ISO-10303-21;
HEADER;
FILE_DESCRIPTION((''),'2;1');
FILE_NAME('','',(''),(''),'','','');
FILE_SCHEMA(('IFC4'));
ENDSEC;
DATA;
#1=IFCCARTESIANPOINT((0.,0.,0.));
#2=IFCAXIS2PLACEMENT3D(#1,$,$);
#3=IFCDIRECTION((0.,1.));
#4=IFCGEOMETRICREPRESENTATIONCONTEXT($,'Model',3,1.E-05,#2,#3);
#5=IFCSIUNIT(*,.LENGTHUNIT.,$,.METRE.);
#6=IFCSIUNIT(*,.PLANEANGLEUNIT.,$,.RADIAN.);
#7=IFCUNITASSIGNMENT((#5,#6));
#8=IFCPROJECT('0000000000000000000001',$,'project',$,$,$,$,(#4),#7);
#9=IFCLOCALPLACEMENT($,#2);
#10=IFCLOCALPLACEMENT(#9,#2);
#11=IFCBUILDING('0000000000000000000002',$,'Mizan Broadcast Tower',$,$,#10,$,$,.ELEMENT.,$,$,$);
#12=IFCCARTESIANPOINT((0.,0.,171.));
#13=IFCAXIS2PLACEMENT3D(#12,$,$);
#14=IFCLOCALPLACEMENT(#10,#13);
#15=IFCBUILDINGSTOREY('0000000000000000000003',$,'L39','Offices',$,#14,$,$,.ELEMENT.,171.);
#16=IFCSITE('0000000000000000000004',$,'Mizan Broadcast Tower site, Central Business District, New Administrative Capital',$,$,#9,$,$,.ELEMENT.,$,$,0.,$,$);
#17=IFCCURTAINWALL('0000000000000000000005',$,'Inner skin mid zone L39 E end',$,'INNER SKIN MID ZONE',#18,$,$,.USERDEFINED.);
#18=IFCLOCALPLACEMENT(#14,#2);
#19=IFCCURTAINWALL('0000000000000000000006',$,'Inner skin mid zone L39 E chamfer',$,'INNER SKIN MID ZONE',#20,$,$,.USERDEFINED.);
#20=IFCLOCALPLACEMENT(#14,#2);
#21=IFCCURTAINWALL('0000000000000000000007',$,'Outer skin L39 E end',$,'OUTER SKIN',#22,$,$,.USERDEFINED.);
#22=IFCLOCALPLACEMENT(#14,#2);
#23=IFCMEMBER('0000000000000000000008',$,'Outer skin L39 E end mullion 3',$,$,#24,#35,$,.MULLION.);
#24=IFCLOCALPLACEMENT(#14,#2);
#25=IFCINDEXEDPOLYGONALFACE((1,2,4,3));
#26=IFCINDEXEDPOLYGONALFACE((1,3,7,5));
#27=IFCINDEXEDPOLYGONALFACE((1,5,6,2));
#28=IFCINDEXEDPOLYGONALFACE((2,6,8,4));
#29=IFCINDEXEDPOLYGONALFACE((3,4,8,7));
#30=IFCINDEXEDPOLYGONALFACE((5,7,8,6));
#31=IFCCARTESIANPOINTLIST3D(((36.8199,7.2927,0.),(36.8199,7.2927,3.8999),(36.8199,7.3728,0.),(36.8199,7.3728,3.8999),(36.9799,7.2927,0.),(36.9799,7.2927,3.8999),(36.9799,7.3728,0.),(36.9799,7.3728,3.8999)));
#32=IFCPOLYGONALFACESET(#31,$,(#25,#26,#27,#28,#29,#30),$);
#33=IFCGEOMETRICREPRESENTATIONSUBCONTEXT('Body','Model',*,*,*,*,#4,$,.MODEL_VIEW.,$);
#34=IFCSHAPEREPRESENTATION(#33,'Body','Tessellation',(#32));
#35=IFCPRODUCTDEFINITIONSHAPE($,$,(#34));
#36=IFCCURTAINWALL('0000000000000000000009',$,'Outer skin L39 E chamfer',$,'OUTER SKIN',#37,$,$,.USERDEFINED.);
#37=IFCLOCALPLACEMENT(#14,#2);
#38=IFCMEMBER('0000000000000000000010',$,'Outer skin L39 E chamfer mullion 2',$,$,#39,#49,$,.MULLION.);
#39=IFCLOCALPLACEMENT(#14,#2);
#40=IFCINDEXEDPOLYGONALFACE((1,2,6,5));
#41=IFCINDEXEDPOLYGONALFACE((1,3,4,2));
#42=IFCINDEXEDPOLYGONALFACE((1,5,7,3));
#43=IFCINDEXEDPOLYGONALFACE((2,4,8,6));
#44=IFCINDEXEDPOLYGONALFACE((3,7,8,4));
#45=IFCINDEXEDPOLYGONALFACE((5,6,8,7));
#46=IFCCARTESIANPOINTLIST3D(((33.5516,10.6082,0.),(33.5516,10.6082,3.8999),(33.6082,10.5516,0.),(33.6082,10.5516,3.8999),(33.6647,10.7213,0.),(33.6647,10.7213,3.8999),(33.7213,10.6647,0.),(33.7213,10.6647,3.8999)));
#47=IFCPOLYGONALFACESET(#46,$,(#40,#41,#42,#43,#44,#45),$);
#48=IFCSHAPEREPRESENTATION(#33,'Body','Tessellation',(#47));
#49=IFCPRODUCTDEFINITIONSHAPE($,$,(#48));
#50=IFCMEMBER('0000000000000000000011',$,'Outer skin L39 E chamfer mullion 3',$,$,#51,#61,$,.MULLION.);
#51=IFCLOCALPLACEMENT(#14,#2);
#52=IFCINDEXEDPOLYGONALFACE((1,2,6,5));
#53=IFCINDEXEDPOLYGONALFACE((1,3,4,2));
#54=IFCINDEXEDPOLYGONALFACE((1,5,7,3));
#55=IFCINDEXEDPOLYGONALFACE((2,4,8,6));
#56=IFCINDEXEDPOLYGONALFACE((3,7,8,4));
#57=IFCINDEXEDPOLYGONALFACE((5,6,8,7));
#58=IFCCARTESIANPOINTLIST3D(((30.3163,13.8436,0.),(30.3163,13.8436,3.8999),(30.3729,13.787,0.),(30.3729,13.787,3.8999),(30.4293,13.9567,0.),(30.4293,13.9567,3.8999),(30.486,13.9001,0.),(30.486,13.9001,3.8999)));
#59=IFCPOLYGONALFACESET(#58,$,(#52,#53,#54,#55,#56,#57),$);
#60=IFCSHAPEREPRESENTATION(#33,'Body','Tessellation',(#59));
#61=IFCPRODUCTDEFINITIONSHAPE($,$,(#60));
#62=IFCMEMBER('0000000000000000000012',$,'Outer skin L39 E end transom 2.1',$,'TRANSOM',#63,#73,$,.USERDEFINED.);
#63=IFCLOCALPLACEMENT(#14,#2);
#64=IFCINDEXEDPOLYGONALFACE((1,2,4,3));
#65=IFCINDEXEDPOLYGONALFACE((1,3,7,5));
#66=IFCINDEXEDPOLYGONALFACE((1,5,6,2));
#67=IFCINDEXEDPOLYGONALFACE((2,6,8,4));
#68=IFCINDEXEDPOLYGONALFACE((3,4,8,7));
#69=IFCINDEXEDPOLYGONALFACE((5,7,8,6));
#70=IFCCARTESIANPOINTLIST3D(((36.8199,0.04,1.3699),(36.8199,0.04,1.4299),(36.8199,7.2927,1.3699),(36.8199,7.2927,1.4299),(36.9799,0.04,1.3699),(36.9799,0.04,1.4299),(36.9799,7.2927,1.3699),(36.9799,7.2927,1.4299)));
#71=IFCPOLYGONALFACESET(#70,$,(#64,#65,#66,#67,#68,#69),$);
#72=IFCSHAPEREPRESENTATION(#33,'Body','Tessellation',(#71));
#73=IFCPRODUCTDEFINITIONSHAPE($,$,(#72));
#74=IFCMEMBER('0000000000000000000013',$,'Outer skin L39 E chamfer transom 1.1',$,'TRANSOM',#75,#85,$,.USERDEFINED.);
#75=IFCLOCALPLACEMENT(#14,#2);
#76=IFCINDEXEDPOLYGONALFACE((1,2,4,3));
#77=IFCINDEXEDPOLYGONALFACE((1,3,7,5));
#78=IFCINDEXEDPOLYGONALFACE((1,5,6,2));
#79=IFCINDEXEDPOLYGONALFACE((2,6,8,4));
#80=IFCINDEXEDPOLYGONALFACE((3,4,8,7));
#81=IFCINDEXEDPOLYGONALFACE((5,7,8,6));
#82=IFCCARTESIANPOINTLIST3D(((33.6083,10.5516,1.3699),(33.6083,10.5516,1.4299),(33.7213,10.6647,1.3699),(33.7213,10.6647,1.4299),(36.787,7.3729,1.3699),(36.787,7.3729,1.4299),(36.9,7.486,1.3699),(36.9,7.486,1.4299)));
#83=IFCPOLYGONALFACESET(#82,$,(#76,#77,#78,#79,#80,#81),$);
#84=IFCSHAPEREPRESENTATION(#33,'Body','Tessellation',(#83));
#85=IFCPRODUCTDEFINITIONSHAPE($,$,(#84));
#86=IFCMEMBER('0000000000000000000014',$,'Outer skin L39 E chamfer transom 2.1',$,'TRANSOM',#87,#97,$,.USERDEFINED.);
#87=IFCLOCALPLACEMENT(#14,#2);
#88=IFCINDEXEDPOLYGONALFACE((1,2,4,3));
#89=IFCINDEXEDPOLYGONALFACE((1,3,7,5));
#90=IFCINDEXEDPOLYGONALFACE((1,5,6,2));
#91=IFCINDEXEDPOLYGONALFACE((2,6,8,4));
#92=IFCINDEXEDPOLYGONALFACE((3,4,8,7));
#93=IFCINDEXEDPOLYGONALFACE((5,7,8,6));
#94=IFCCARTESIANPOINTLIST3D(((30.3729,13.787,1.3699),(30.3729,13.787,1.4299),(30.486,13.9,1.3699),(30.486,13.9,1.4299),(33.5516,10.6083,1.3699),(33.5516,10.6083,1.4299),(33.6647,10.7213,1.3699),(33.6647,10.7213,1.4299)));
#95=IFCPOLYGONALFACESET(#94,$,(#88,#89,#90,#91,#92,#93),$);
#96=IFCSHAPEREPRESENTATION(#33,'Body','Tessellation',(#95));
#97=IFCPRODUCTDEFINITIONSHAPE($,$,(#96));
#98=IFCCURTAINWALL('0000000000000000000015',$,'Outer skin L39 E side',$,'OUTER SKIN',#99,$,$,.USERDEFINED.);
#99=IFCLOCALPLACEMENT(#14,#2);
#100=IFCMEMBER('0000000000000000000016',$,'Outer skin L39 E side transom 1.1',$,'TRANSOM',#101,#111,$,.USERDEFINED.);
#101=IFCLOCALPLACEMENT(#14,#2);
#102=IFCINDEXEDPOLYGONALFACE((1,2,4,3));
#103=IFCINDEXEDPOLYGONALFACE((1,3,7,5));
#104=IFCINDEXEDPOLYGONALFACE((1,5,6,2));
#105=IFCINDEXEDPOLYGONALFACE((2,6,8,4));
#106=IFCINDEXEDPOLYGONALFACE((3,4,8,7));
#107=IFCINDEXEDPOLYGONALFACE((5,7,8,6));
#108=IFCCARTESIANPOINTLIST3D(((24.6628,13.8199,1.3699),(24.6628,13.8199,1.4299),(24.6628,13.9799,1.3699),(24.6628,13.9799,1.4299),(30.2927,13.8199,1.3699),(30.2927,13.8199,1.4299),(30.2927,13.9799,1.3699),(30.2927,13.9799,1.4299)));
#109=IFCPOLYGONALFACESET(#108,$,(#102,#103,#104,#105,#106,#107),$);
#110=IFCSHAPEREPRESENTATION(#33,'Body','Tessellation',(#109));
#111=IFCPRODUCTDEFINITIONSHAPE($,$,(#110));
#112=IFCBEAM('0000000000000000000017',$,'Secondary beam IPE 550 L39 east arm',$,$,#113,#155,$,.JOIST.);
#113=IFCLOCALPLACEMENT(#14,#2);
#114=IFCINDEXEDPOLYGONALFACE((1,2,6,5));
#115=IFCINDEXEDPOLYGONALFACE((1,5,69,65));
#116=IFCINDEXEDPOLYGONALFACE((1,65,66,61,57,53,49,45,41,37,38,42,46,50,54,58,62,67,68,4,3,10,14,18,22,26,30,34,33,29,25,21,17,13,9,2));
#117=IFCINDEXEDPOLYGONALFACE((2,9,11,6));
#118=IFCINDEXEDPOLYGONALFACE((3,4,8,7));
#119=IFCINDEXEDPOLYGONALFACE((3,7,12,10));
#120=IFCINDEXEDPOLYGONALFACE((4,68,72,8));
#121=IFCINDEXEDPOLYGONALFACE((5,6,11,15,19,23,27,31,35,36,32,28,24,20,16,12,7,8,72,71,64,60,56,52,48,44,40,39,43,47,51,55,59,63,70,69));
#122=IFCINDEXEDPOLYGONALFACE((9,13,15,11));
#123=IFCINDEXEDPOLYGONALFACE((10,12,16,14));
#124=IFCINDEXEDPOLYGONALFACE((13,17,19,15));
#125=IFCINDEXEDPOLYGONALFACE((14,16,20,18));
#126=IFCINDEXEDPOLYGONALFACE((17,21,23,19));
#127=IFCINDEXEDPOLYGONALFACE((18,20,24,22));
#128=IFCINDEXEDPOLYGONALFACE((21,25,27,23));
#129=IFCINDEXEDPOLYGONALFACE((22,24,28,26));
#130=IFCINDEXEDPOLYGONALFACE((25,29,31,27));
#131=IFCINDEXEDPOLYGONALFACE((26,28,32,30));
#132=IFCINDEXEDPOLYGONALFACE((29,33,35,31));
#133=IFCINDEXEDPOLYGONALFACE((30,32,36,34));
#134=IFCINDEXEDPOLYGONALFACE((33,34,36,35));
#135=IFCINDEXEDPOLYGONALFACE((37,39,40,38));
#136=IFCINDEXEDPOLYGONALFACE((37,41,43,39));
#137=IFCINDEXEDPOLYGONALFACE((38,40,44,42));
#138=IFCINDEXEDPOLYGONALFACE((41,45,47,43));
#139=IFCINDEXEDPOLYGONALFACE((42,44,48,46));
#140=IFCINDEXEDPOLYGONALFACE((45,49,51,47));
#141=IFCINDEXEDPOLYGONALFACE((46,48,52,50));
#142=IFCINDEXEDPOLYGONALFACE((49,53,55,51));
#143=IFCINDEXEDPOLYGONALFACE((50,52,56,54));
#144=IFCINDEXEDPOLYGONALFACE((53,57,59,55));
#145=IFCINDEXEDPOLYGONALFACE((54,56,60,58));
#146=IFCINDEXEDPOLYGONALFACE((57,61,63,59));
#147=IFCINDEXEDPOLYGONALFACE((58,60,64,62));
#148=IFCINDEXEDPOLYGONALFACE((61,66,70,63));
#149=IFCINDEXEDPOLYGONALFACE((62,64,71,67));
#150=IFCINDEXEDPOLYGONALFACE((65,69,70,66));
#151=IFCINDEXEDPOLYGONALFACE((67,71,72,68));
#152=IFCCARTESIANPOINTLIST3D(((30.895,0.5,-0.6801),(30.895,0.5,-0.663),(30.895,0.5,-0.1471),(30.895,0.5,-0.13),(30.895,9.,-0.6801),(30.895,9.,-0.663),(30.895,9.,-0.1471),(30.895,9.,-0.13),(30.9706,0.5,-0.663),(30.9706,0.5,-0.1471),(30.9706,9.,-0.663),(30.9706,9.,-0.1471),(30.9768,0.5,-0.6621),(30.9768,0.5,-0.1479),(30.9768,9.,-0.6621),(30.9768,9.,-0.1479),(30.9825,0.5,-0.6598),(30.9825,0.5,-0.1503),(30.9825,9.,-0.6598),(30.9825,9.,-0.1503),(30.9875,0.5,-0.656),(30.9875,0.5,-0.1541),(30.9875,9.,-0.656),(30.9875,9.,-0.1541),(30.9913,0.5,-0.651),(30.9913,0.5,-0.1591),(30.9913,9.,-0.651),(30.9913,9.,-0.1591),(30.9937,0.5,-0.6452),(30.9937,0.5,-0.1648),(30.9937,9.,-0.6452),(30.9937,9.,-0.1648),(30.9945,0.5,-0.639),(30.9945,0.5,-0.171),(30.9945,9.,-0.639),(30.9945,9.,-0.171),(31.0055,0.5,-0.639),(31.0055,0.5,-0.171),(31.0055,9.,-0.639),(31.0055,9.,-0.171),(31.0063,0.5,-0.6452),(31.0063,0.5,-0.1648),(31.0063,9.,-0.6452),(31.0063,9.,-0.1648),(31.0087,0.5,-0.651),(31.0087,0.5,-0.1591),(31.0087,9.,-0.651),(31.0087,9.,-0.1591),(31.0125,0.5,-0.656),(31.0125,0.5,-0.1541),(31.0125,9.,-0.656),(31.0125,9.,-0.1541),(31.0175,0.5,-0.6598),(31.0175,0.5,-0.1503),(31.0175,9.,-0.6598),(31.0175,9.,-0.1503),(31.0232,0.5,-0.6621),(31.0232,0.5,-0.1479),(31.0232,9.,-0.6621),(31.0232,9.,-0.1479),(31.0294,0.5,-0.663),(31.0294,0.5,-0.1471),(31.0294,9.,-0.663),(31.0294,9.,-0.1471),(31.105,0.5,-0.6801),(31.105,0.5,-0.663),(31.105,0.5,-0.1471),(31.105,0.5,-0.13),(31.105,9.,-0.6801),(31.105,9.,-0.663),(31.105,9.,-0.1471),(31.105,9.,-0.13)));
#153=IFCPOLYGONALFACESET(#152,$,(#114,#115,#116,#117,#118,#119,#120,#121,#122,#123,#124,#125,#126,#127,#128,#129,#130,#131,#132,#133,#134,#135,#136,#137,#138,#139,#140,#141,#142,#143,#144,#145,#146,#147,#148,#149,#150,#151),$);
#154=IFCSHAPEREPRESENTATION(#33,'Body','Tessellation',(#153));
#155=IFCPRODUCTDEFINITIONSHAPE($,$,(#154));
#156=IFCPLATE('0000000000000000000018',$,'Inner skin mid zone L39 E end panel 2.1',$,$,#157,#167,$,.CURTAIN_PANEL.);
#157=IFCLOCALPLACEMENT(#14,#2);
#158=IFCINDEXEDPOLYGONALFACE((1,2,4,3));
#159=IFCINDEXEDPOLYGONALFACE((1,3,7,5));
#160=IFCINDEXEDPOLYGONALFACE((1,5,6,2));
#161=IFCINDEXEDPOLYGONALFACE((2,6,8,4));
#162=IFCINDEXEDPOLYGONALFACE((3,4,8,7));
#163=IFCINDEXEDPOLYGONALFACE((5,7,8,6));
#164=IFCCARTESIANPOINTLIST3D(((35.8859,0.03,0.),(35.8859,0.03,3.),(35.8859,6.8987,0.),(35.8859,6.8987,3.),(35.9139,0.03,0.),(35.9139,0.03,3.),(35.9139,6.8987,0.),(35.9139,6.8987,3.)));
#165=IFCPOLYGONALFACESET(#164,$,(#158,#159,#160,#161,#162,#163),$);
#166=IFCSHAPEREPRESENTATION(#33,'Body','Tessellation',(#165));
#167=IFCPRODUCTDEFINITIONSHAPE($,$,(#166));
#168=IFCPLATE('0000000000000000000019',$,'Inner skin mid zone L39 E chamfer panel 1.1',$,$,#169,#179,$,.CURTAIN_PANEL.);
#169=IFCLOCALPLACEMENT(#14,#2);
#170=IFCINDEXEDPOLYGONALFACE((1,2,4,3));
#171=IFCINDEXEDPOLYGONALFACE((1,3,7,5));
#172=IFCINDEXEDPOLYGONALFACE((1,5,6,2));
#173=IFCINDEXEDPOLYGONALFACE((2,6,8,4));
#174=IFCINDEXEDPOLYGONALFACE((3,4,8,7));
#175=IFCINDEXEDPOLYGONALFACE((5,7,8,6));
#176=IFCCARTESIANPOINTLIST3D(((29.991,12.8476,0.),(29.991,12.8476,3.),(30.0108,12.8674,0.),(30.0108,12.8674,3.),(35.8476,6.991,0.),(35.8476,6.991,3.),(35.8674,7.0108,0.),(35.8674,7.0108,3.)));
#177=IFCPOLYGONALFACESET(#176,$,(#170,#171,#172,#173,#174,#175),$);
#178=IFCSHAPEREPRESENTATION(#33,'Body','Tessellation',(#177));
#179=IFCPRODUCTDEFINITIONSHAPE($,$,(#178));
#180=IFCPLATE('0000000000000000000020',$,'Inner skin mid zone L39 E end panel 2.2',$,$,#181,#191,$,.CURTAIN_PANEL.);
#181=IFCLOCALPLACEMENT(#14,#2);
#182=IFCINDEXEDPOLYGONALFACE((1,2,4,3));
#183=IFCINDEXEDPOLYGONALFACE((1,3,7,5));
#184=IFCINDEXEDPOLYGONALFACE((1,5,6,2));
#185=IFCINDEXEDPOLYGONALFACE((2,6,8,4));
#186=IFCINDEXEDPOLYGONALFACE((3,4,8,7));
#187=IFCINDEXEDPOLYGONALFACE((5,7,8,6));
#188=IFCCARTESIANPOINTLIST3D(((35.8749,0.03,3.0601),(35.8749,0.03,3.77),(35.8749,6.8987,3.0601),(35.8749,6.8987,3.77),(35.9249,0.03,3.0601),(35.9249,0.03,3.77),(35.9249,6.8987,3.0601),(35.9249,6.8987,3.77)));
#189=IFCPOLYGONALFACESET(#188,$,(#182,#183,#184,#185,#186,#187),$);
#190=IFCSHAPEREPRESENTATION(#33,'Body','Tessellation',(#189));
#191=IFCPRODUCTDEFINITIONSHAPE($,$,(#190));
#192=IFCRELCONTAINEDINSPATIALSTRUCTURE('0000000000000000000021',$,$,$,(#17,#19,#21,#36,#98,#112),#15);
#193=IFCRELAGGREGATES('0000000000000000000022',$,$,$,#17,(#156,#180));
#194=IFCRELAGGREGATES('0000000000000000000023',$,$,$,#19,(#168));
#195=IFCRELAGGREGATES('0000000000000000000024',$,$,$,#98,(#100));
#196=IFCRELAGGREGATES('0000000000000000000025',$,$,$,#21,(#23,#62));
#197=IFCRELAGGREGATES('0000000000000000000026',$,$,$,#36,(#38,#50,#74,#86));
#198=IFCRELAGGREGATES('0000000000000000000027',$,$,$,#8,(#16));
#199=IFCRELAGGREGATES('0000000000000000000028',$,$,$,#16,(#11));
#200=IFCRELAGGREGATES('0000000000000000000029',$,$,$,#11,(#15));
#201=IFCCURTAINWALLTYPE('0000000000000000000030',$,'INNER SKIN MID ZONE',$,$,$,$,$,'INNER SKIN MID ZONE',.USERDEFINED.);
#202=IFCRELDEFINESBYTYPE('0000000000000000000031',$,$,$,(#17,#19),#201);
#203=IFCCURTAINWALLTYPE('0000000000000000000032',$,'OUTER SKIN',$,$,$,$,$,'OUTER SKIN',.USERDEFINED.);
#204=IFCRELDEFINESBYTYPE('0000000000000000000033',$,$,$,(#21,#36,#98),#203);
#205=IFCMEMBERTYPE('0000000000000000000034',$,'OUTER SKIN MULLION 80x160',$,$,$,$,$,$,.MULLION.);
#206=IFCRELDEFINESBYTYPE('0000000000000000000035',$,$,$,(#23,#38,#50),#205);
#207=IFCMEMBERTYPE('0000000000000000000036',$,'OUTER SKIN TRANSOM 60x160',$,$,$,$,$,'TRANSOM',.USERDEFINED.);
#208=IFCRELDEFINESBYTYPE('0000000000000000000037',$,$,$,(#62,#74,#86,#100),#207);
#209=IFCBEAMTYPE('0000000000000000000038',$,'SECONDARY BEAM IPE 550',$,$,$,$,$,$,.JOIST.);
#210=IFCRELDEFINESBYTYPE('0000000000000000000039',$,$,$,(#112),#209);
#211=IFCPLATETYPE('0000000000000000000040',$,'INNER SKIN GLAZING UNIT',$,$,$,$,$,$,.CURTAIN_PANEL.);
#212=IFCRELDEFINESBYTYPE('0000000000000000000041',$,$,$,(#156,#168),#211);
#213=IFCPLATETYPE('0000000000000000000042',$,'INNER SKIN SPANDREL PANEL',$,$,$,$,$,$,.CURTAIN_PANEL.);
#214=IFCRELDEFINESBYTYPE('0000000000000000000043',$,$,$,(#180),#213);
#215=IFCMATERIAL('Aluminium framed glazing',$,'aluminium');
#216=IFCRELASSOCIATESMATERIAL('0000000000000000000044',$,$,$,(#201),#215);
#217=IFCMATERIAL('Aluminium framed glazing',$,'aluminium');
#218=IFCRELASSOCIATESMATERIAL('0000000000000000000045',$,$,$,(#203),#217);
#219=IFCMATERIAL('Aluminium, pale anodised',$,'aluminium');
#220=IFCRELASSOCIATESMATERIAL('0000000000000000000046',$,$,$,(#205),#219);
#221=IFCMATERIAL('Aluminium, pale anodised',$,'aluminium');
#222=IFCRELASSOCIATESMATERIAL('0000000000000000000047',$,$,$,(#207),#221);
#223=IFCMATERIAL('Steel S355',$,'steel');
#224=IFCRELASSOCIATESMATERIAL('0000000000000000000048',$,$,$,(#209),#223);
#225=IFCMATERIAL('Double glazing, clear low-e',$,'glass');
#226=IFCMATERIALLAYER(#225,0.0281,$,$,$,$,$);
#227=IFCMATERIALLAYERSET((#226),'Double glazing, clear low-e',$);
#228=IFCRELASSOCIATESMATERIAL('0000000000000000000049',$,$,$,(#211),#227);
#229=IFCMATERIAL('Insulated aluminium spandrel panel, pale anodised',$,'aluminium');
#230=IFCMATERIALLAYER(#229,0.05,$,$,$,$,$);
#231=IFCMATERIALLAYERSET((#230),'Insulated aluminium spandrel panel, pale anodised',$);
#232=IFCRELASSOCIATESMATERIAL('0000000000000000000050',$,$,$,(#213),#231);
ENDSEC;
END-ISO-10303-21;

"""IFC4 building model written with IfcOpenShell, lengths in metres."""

from ifc_helpers import new_model, si_unit, direction, frame, origin, origin_2d, place, context, subcontext, project, spatial, rectangle, i_section, extrude, material, layer, layer_set, material_profile, profile_set, type_object, element, aggregate, save


model = new_model("IFC4")

# Units and contexts
model_context = context("Model", 3, precision=1e-05, world=origin(), true_north=direction((0.0, 1.0)))
body_context = subcontext(model_context, "Body", "Model", "MODEL_VIEW")
ifc_project = project(units=[si_unit("LENGTHUNIT", "METRE"), si_unit("PLANEANGLEUNIT", "RADIAN")], contexts=[model_context])

# Site, building, storey
site_placement = place(None, origin())
site = spatial("IfcSite", under=ifc_project, at=site_placement, Name="Mizan Broadcast Tower site, Central Business District, New Administrative Capital", CompositionType="ELEMENT", RefElevation=0.0)
building_placement = place(site_placement, origin())
building = spatial("IfcBuilding", under=site, at=building_placement, Name="Mizan Broadcast Tower", CompositionType="ELEMENT")
storey_placement = place(building_placement, frame((0.0, 0.0, 171.0)))
storey = spatial("IfcBuildingStorey", under=building, at=storey_placement, Name="L39", Description="Offices", CompositionType="ELEMENT", Elevation=171.0)

# Curtain wall
ifc_material_1 = material(Name="Aluminium framed glazing", Category="aluminium")
curtain_wall_type_1 = type_object("IfcCurtainWallType", Name="INNER SKIN MID ZONE", ElementType="INNER SKIN MID ZONE", PredefinedType="USERDEFINED", material=ifc_material_1)
curtain_wall_1_placement = place(storey_placement, origin())
curtain_wall_1 = element("IfcCurtainWall", 1, at=curtain_wall_1_placement, inside=storey, type_object=curtain_wall_type_1, Name="Inner skin mid zone L39 E end", ObjectType="INNER SKIN MID ZONE", PredefinedType="USERDEFINED")

# Curtain wall
curtain_wall_2_placement = place(storey_placement, origin())
curtain_wall_2 = element("IfcCurtainWall", 2, at=curtain_wall_2_placement, inside=storey, type_object=curtain_wall_type_1, Name="Inner skin mid zone L39 E chamfer", ObjectType="INNER SKIN MID ZONE", PredefinedType="USERDEFINED")

# Curtain walls, members
ifc_material_2 = material(Name="Aluminium framed glazing", Category="aluminium")
curtain_wall_type_2 = type_object("IfcCurtainWallType", Name="OUTER SKIN", ElementType="OUTER SKIN", PredefinedType="USERDEFINED", material=ifc_material_2)
curtain_wall_3_placement = place(storey_placement, origin())
curtain_wall_3 = element("IfcCurtainWall", 3, at=curtain_wall_3_placement, inside=storey, type_object=curtain_wall_type_2, Name="Outer skin L39 E end", ObjectType="OUTER SKIN", PredefinedType="USERDEFINED")
ifc_material_3 = material(Name="Aluminium, pale anodised", Category="aluminium")
ifc_material_profile_1 = material_profile(ifc_material_3, rectangle(XDim=0.1599, YDim=0.0801, at=origin_2d()), Name="MULLION 160x80")
ifc_profile_set_1 = profile_set([ifc_material_profile_1], Name="Aluminium, pale anodised")
member_type_1 = type_object("IfcMemberType", Name="OUTER SKIN MULLION 80x160", PredefinedType="MULLION", material=ifc_profile_set_1)
member_1_placement = place(storey_placement, frame((36.8999, 7.3328, 0.0), z_axis=(0.0, 0.0, 1.0), x_axis=(-1.0, 0.0, 0.0)))
member_1 = element("IfcMember", 4, at=member_1_placement, type_object=member_type_1, Name="Outer skin L39 E end mullion 3", PredefinedType="MULLION", context=body_context, shape_type="SweptSolid", body=[
    extrude(rectangle(XDim=0.1599, YDim=0.0801, at=origin_2d()), origin(), (0.0, 0.0, 1.0), 3.8999),
])
curtain_wall_4_placement = place(storey_placement, origin())
curtain_wall_4 = element("IfcCurtainWall", 5, at=curtain_wall_4_placement, inside=storey, type_object=curtain_wall_type_2, Name="Outer skin L39 E chamfer", ObjectType="OUTER SKIN", PredefinedType="USERDEFINED")
member_2_placement = place(storey_placement, frame((33.6365, 10.6365, 0.0), z_axis=(0.0, 0.0, 1.0), x_axis=(-0.707107, -0.707107, 0.0)))
member_2 = element("IfcMember", 6, at=member_2_placement, type_object=member_type_1, Name="Outer skin L39 E chamfer mullion 2", PredefinedType="MULLION", context=body_context, shape_type="SweptSolid", body=[
    extrude(rectangle(XDim=0.1599, YDim=0.0801, at=origin_2d()), origin(), (0.0, 0.0, 1.0), 3.8999),
])
member_3_placement = place(storey_placement, frame((30.4011, 13.8718, 0.0), z_axis=(0.0, 0.0, 1.0), x_axis=(-0.707107, -0.707107, 0.0)))
member_3 = element("IfcMember", 7, at=member_3_placement, type_object=member_type_1, Name="Outer skin L39 E chamfer mullion 3", PredefinedType="MULLION", context=body_context, shape_type="SweptSolid", body=[
    extrude(rectangle(XDim=0.1599, YDim=0.0801, at=origin_2d()), origin(), (0.0, 0.0, 1.0), 3.8999),
])

# Members
ifc_material_4 = material(Name="Aluminium, pale anodised", Category="aluminium")
ifc_material_profile_2 = material_profile(ifc_material_4, rectangle(XDim=0.1599, YDim=0.0601, at=origin_2d()), Name="TRANSOM 160x60")
ifc_profile_set_2 = profile_set([ifc_material_profile_2], Name="Aluminium, pale anodised")
member_type_2 = type_object("IfcMemberType", Name="OUTER SKIN TRANSOM 60x160", ElementType="TRANSOM", PredefinedType="USERDEFINED", material=ifc_profile_set_2)
member_4_placement = place(storey_placement, frame((36.8999, 0.04, 1.3999), z_axis=(0.0, 1.0, 0.0), x_axis=(-1.0, 0.0, 0.0)))
member_4 = element("IfcMember", 8, at=member_4_placement, type_object=member_type_2, Name="Outer skin L39 E end transom 2.1", ObjectType="TRANSOM", PredefinedType="USERDEFINED", context=body_context, shape_type="SweptSolid", body=[
    extrude(rectangle(XDim=0.1599, YDim=0.0601, at=origin_2d()), origin(), (0.0, 0.0, 1.0), 7.2527),
])
member_5_placement = place(storey_placement, frame((36.8435, 7.4294, 1.3999), z_axis=(-0.707107, 0.707107, 0.0), x_axis=(-0.707107, -0.707107, 0.0)))
member_5 = element("IfcMember", 9, at=member_5_placement, type_object=member_type_2, Name="Outer skin L39 E chamfer transom 1.1", ObjectType="TRANSOM", PredefinedType="USERDEFINED", context=body_context, shape_type="SweptSolid", body=[
    extrude(rectangle(XDim=0.1599, YDim=0.0601, at=origin_2d()), origin(), (0.0, 0.0, 1.0), 4.4954),
])
member_6_placement = place(storey_placement, frame((33.6082, 10.6648, 1.3999), z_axis=(-0.707107, 0.707107, 0.0), x_axis=(-0.707107, -0.707107, 0.0)))
member_6 = element("IfcMember", 10, at=member_6_placement, type_object=member_type_2, Name="Outer skin L39 E chamfer transom 2.1", ObjectType="TRANSOM", PredefinedType="USERDEFINED", context=body_context, shape_type="SweptSolid", body=[
    extrude(rectangle(XDim=0.1599, YDim=0.0601, at=origin_2d()), origin(), (0.0, 0.0, 1.0), 4.4954),
])

# Curtain wall, member
curtain_wall_5_placement = place(storey_placement, origin())
curtain_wall_5 = element("IfcCurtainWall", 11, at=curtain_wall_5_placement, inside=storey, type_object=curtain_wall_type_2, Name="Outer skin L39 E side", ObjectType="OUTER SKIN", PredefinedType="USERDEFINED")
member_7_placement = place(storey_placement, frame((30.2927, 13.8999, 1.3999), z_axis=(-1.0, 0.0, 0.0), x_axis=(0.0, -1.0, 0.0)))
member_7 = element("IfcMember", 12, at=member_7_placement, type_object=member_type_2, Name="Outer skin L39 E side transom 1.1", ObjectType="TRANSOM", PredefinedType="USERDEFINED", context=body_context, shape_type="SweptSolid", body=[
    extrude(rectangle(XDim=0.1599, YDim=0.0601, at=origin_2d()), origin(), (0.0, 0.0, 1.0), 5.6299),
])

# Beam
ifc_material_5 = material(Name="Steel S355", Category="steel")
ifc_material_profile_3 = material_profile(ifc_material_5, i_section(OverallWidth=0.21, OverallDepth=0.55, WebThickness=0.011, FlangeThickness=0.0171, FilletRadius=0.0239, at=origin_2d()), Name="IPE 550")
ifc_profile_set_3 = profile_set([ifc_material_profile_3], Name="Steel S355")
beam_type_1 = type_object("IfcBeamType", Name="SECONDARY BEAM IPE 550", PredefinedType="JOIST", material=ifc_profile_set_3)
beam_1_placement = place(storey_placement, frame((31.0, 9.0, -0.405), z_axis=(0.0, -1.0, 0.0), x_axis=(1.0, 0.0, 0.0)))
element("IfcBeam", 13, at=beam_1_placement, inside=storey, type_object=beam_type_1, Name="Secondary beam IPE 550 L39 east arm", PredefinedType="JOIST", context=body_context, shape_type="SweptSolid", body=[
    extrude(i_section(OverallWidth=0.21, OverallDepth=0.55, WebThickness=0.011, FlangeThickness=0.0171, FilletRadius=0.0239, at=origin_2d()), origin(), (0.0, 0.0, 1.0), 8.5),
])

# Plates
ifc_material_6 = material(Name="Double glazing, clear low-e", Category="glass")
ifc_layer_1 = layer(ifc_material_6, 0.0281)
ifc_layer_set_1 = layer_set([ifc_layer_1], Name="Double glazing, clear low-e")
plate_type_1 = type_object("IfcPlateType", Name="INNER SKIN GLAZING UNIT", PredefinedType="CURTAIN_PANEL", material=ifc_layer_set_1)
plate_1_placement = place(storey_placement, frame((35.8999, 3.4644, 0.0), z_axis=(0.0, 0.0, 1.0), x_axis=(0.0, 1.0, 0.0)))
plate_1 = element("IfcPlate", 14, at=plate_1_placement, type_object=plate_type_1, Name="Inner skin mid zone L39 E end panel 2.1", PredefinedType="CURTAIN_PANEL", context=body_context, shape_type="SweptSolid", body=[
    extrude(rectangle(XDim=6.8687, YDim=0.0281, at=origin_2d()), origin(), (0.0, 0.0, 1.0), 3.0),
])
plate_2_placement = place(storey_placement, frame((32.9292, 9.9292, 0.0), z_axis=(0.0, 0.0, 1.0), x_axis=(-0.707107, 0.707107, 0.0)))
plate_2 = element("IfcPlate", 15, at=plate_2_placement, type_object=plate_type_1, Name="Inner skin mid zone L39 E chamfer panel 1.1", PredefinedType="CURTAIN_PANEL", context=body_context, shape_type="SweptSolid", body=[
    extrude(rectangle(XDim=8.2825, YDim=0.0281, at=origin_2d()), origin(), (0.0, 0.0, 1.0), 3.0),
])
ifc_material_7 = material(Name="Insulated aluminium spandrel panel, pale anodised", Category="aluminium")
ifc_layer_2 = layer(ifc_material_7, 0.05)
ifc_layer_set_2 = layer_set([ifc_layer_2], Name="Insulated aluminium spandrel panel, pale anodised")
plate_type_2 = type_object("IfcPlateType", Name="INNER SKIN SPANDREL PANEL", PredefinedType="CURTAIN_PANEL", material=ifc_layer_set_2)
plate_3_placement = place(storey_placement, frame((35.8999, 3.4644, 3.0601), z_axis=(0.0, 0.0, 1.0), x_axis=(0.0, 1.0, 0.0)))
plate_3 = element("IfcPlate", 16, at=plate_3_placement, type_object=plate_type_2, Name="Inner skin mid zone L39 E end panel 2.2", PredefinedType="CURTAIN_PANEL", context=body_context, shape_type="SweptSolid", body=[
    extrude(rectangle(XDim=6.8687, YDim=0.05, at=origin_2d()), origin(), (0.0, 0.0, 1.0), 0.71),
])
aggregate(curtain_wall_1, [plate_1, plate_3])
aggregate(curtain_wall_2, [plate_2])
aggregate(curtain_wall_5, [member_7])
aggregate(curtain_wall_3, [member_1, member_4])
aggregate(curtain_wall_4, [member_2, member_3, member_5, member_6])

save(model, "model.ifc")
